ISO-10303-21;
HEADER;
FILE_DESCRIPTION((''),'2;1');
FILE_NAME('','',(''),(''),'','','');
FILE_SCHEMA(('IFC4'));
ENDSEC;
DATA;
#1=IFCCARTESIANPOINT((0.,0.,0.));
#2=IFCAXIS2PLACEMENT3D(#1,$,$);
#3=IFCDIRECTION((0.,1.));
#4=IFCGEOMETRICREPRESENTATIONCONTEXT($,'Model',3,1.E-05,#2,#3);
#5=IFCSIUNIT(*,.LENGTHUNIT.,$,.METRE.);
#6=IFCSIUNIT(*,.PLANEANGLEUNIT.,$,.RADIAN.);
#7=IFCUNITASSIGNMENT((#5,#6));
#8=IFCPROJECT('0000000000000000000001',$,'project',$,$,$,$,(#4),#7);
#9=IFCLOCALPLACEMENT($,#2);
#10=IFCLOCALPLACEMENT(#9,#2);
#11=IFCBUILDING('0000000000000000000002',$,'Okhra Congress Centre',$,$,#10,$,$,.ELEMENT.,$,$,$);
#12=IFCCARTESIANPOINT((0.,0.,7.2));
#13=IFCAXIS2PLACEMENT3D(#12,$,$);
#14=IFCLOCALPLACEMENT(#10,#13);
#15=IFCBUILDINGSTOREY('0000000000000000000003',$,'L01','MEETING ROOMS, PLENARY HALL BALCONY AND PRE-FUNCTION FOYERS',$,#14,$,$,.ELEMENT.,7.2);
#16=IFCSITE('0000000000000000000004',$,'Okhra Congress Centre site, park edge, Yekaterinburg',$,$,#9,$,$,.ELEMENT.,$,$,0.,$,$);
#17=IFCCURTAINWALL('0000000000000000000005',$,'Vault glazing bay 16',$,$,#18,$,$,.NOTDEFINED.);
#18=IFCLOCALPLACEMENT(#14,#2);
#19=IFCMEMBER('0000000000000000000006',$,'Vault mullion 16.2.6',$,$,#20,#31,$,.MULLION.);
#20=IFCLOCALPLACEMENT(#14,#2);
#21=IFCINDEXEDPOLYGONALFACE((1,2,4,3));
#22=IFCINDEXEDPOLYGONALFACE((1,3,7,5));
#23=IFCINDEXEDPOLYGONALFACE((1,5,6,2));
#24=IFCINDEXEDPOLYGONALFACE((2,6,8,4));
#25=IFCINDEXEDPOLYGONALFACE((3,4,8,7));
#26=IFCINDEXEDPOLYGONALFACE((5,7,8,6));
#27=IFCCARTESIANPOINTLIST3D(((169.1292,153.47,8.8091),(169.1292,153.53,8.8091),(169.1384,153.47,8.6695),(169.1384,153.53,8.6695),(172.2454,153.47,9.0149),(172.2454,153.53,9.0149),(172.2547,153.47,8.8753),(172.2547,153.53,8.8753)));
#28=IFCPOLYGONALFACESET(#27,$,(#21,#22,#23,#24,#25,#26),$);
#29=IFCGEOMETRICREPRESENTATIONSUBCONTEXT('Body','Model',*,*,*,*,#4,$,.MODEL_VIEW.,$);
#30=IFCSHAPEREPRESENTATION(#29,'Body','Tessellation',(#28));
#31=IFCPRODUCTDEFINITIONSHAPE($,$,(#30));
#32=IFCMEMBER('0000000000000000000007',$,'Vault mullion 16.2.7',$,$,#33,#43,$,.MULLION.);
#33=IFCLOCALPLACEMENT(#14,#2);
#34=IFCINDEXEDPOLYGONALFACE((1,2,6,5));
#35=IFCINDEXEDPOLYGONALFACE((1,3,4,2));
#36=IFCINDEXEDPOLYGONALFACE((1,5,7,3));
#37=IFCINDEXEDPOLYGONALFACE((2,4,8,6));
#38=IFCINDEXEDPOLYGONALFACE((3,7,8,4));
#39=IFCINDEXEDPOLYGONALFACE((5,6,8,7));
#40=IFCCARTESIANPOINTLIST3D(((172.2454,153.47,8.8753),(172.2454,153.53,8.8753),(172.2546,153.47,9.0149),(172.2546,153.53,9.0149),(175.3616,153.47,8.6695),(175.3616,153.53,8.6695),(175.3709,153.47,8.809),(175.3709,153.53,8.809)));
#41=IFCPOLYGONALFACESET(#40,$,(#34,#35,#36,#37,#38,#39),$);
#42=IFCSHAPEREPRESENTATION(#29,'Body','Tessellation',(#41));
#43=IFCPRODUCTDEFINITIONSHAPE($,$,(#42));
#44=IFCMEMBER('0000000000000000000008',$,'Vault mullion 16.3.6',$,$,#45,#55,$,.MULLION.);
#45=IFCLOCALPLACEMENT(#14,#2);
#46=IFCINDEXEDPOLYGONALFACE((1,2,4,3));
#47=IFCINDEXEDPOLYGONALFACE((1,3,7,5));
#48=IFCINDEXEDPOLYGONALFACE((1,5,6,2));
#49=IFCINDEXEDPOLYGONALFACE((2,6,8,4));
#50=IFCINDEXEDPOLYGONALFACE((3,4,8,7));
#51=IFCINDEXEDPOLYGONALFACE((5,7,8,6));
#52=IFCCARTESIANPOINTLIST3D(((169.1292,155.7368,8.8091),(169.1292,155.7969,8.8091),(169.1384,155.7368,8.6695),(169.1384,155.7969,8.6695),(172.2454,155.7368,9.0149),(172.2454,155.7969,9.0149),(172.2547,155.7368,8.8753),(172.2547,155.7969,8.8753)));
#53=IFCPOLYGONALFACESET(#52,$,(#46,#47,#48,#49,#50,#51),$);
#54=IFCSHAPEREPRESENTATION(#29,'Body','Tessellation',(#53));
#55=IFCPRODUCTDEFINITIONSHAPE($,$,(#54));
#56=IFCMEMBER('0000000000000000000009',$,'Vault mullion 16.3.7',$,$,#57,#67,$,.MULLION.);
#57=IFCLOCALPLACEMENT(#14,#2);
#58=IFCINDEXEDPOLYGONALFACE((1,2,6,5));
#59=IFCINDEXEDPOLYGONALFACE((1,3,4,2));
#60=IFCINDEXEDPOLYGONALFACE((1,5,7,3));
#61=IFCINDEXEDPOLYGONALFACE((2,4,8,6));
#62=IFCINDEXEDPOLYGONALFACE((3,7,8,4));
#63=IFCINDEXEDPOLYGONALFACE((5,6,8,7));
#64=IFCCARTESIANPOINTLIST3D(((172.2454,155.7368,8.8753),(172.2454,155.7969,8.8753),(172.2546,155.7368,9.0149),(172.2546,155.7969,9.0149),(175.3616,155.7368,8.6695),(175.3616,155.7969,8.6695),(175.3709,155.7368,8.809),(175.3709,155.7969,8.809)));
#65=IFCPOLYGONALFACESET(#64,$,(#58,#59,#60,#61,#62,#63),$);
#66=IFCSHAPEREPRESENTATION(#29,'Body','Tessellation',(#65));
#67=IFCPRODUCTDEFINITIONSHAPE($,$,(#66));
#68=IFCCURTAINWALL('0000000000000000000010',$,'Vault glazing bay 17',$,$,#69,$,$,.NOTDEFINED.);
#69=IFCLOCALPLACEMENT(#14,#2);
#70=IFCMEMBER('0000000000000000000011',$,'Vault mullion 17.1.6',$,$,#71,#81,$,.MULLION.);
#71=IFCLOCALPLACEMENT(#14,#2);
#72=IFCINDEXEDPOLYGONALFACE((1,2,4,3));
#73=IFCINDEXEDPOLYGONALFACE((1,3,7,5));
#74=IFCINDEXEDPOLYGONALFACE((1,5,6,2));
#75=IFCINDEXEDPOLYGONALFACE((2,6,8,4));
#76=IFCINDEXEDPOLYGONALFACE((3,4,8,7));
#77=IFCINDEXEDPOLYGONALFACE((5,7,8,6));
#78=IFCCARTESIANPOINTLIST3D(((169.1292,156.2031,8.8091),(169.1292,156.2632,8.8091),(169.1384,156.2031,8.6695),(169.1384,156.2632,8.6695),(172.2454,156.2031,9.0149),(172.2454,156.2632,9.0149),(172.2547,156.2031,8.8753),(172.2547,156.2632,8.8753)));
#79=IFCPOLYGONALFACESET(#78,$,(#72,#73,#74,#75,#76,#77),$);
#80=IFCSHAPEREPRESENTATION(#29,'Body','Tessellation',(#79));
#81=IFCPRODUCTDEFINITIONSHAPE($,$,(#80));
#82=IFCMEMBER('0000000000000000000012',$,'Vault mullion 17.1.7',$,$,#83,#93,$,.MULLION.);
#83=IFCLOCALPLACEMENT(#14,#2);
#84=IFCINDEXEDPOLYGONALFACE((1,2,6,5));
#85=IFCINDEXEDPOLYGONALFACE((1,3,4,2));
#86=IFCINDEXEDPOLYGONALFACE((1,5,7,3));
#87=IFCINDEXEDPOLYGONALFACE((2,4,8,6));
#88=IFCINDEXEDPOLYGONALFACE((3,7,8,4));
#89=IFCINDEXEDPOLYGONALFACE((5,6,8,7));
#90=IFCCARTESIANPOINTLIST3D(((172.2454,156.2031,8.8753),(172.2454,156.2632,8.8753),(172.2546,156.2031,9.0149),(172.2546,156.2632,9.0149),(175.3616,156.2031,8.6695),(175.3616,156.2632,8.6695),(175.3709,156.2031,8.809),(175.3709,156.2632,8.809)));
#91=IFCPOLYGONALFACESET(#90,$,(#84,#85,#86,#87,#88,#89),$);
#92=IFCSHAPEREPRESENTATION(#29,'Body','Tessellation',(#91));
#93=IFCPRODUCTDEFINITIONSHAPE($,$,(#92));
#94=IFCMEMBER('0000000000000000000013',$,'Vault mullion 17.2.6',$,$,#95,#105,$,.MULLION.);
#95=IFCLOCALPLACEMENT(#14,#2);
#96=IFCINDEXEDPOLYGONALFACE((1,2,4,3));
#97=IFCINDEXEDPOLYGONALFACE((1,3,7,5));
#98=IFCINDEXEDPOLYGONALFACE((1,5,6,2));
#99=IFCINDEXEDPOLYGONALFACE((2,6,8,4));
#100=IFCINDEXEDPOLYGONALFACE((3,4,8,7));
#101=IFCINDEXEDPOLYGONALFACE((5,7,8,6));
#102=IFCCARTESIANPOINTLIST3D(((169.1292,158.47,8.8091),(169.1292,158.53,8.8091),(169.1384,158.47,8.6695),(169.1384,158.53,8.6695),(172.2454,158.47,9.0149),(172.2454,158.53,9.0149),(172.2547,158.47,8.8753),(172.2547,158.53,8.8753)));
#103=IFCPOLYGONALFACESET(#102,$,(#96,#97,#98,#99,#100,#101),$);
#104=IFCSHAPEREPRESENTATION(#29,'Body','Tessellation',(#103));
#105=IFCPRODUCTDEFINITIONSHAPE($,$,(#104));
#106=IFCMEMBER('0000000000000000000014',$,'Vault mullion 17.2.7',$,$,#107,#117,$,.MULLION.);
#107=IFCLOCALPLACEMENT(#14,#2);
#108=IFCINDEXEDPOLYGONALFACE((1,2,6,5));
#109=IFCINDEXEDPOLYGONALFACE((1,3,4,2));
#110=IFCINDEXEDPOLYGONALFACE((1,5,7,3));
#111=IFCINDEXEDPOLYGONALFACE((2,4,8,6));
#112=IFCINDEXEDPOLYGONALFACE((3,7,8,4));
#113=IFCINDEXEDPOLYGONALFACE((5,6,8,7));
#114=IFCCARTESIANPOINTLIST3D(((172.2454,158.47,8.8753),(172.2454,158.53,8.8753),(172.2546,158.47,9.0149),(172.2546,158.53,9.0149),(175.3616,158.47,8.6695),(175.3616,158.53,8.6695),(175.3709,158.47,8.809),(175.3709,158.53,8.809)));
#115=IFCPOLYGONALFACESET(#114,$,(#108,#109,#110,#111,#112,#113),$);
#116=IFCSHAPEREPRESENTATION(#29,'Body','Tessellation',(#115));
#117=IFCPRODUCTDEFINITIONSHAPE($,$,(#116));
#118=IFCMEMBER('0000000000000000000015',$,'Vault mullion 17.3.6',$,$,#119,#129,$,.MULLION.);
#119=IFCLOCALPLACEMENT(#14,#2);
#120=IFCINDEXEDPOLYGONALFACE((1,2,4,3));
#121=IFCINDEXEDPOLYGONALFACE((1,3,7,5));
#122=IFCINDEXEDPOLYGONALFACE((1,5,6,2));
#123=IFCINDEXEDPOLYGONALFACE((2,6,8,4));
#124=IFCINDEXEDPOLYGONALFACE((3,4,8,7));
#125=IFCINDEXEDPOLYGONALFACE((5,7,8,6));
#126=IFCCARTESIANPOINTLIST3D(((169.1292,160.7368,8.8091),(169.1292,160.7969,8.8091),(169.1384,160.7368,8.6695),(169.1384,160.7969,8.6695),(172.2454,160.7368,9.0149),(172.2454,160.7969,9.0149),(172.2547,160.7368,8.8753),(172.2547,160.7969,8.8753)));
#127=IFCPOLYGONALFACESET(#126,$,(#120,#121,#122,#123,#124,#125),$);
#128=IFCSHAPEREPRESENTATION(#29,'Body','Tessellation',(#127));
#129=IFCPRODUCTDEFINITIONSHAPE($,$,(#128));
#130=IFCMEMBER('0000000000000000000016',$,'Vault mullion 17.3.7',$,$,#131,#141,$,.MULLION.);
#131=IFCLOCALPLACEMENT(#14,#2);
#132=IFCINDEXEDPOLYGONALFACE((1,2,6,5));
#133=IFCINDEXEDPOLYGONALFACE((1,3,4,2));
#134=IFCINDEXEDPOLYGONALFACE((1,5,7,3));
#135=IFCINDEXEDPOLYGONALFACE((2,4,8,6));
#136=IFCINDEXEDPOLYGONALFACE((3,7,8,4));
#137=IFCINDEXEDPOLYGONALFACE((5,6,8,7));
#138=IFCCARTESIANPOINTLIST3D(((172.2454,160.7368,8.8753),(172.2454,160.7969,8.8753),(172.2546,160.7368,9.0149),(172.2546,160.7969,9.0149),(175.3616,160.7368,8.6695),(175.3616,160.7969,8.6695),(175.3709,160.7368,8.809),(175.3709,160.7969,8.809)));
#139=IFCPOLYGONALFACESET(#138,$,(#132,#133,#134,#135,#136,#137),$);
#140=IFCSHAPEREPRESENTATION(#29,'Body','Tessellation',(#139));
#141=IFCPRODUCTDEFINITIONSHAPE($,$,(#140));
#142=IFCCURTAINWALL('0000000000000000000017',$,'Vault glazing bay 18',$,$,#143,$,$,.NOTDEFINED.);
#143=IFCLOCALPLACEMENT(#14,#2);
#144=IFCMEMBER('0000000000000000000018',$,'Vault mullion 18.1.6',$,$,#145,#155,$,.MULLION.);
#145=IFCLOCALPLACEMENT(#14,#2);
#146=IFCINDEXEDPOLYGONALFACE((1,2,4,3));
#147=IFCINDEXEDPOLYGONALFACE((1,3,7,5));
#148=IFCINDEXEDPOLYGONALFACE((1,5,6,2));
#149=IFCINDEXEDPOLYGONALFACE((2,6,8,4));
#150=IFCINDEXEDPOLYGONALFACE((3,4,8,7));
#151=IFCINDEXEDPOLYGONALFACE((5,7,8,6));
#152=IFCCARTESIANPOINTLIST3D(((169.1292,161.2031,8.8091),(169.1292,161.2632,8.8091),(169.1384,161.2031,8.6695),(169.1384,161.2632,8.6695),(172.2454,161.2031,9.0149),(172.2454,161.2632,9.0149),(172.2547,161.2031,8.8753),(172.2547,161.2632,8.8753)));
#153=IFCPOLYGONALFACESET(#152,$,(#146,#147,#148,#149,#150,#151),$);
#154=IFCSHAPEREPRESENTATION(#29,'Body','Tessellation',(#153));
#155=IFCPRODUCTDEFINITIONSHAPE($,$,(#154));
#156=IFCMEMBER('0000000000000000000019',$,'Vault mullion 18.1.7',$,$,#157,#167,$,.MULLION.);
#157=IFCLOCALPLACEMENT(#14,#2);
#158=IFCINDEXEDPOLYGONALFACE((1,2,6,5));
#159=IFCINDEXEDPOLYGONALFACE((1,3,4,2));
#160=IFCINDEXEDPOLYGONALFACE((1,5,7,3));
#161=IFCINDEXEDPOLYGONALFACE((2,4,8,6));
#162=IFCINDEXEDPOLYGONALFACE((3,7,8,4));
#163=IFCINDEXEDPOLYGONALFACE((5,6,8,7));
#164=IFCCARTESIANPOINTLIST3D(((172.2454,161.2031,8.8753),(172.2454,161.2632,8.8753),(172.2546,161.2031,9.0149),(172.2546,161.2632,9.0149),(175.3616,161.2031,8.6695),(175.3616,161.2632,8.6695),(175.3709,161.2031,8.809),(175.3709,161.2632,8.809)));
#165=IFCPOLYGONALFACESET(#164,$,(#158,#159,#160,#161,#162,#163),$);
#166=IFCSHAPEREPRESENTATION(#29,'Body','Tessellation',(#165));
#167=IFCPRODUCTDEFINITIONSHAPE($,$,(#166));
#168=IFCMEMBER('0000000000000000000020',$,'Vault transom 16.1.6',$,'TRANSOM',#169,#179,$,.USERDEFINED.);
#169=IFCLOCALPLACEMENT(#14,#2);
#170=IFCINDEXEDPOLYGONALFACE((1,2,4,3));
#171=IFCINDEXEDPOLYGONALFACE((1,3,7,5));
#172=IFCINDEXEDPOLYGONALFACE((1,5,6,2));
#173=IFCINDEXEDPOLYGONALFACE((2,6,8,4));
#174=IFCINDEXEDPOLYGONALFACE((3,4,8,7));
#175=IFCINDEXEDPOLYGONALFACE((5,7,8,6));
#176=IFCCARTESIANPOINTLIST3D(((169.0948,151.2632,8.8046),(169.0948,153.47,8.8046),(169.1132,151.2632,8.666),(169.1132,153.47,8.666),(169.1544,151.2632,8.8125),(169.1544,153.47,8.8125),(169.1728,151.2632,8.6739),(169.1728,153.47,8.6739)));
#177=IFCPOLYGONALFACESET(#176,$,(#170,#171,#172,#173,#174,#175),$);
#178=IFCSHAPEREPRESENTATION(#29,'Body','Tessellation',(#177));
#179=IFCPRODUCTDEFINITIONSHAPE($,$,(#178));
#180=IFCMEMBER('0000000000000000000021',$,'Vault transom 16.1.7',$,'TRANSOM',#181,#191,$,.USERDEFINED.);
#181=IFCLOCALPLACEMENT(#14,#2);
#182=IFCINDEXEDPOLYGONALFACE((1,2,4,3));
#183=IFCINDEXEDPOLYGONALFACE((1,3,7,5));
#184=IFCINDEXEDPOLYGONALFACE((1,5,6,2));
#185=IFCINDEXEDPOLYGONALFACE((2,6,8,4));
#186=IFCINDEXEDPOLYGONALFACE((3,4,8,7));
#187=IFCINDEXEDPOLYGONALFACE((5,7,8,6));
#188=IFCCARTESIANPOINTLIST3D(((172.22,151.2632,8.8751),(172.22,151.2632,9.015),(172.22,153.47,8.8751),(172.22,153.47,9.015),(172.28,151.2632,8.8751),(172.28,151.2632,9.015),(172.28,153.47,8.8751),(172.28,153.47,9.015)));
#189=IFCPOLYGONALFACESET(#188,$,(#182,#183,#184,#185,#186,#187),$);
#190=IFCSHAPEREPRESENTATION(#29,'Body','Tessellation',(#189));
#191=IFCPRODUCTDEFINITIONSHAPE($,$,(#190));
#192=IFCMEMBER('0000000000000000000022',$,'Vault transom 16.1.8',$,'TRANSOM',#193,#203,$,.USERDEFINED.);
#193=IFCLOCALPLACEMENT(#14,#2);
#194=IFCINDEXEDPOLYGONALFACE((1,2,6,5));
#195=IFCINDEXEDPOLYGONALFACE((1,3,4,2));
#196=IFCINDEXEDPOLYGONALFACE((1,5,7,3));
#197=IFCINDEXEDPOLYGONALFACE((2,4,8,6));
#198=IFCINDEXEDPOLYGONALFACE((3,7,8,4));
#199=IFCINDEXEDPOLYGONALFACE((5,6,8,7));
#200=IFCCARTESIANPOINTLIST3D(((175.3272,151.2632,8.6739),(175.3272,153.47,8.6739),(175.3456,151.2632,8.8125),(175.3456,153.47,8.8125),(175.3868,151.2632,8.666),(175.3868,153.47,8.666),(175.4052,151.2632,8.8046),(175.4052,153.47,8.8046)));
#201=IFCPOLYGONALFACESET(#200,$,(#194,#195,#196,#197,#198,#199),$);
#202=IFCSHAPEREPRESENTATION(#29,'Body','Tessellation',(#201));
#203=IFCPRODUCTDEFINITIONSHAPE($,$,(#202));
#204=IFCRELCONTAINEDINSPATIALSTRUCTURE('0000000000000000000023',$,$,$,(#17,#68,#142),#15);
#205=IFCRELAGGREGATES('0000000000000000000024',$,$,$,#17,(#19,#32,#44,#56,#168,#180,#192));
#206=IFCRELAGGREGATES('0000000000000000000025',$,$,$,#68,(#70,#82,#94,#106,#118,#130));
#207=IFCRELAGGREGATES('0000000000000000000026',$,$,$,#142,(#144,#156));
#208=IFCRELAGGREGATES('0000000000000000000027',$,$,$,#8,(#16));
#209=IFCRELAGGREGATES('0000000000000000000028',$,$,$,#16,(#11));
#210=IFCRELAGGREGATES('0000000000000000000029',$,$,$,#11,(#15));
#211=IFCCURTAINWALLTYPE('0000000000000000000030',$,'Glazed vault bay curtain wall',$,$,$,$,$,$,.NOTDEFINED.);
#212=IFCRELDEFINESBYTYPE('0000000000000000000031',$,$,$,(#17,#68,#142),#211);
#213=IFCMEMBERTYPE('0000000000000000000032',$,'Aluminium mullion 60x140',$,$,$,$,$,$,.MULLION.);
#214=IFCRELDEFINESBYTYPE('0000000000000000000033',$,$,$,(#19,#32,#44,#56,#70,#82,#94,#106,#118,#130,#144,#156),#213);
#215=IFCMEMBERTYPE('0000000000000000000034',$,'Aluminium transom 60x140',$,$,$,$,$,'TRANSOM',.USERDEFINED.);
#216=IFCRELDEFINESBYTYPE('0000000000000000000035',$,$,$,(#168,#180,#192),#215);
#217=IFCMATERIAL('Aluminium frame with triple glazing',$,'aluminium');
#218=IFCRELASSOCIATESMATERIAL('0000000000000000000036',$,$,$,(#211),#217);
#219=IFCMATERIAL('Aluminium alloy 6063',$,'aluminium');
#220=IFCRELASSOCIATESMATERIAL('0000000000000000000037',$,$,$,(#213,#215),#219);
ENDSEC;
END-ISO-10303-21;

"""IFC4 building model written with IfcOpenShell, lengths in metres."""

from ifc_helpers import new_model, si_unit, direction, frame, origin, origin_2d, place, context, subcontext, project, spatial, rectangle, extrude, material, material_profile, profile_set, type_object, element, aggregate, save


model = new_model("IFC4")

# Units and contexts
model_context = context("Model", 3, precision=1e-05, world=origin(), true_north=direction((0.0, 1.0)))
body_context = subcontext(model_context, "Body", "Model", "MODEL_VIEW")
ifc_project = project(units=[si_unit("LENGTHUNIT", "METRE"), si_unit("PLANEANGLEUNIT", "RADIAN")], contexts=[model_context])

# Site, building, storey
site_placement = place(None, origin())
site = spatial("IfcSite", under=ifc_project, at=site_placement, Name="Okhra Congress Centre site, park edge, Yekaterinburg", CompositionType="ELEMENT", RefElevation=0.0)
building_placement = place(site_placement, origin())
building = spatial("IfcBuilding", under=site, at=building_placement, Name="Okhra Congress Centre", CompositionType="ELEMENT")
storey_placement = place(building_placement, frame((0.0, 0.0, 7.2)))
storey = spatial("IfcBuildingStorey", under=building, at=storey_placement, Name="L01", Description="MEETING ROOMS, PLENARY HALL BALCONY AND PRE-FUNCTION FOYERS", CompositionType="ELEMENT", Elevation=7.2)

# Curtain walls, members
ifc_material_1 = material(Name="Aluminium frame with triple glazing", Category="aluminium")
curtain_wall_type = type_object("IfcCurtainWallType", Name="Glazed vault bay curtain wall", PredefinedType="NOTDEFINED", material=ifc_material_1)
curtain_wall_1_placement = place(storey_placement, origin())
curtain_wall_1 = element("IfcCurtainWall", 1, at=curtain_wall_1_placement, inside=storey, type_object=curtain_wall_type, Name="Vault glazing bay 16", PredefinedType="NOTDEFINED")
ifc_material_2 = material(Name="Aluminium alloy 6063", Category="aluminium")
ifc_material_profile_1 = material_profile(ifc_material_2, rectangle(XDim=0.0601, YDim=0.1399, at=origin_2d()), Name="AL 60x140")
ifc_profile_set_1 = profile_set([ifc_material_profile_1], Name="Aluminium alloy 6063")
member_type_1 = type_object("IfcMemberType", Name="Aluminium mullion 60x140", PredefinedType="MULLION", material=ifc_profile_set_1)
member_1_placement = place(storey_placement, frame((169.1338, 153.5, 8.7393), z_axis=(0.997826, 0.0, 0.065902), x_axis=(0.0, 1.0, 0.0)))
member_1 = element("IfcMember", 2, at=member_1_placement, type_object=member_type_1, Name="Vault mullion 16.2.6", PredefinedType="MULLION", context=body_context, shape_type="SweptSolid", body=[
    extrude(rectangle(XDim=0.0601, YDim=0.1399, at=origin_2d()), origin(), (0.0, 0.0, 1.0), 3.123),
])
member_2_placement = place(storey_placement, frame((172.25, 153.5, 8.9451), z_axis=(0.997826, 0.0, -0.065902), x_axis=(0.0, 1.0, 0.0)))
member_2 = element("IfcMember", 3, at=member_2_placement, type_object=member_type_1, Name="Vault mullion 16.2.7", PredefinedType="MULLION", context=body_context, shape_type="SweptSolid", body=[
    extrude(rectangle(XDim=0.0601, YDim=0.1399, at=origin_2d()), origin(), (0.0, 0.0, 1.0), 3.123),
])
member_3_placement = place(storey_placement, frame((169.1338, 155.7668, 8.7393), z_axis=(0.997826, 0.0, 0.065902), x_axis=(0.0, 1.0, 0.0)))
member_3 = element("IfcMember", 4, at=member_3_placement, type_object=member_type_1, Name="Vault mullion 16.3.6", PredefinedType="MULLION", context=body_context, shape_type="SweptSolid", body=[
    extrude(rectangle(XDim=0.0601, YDim=0.1399, at=origin_2d()), origin(), (0.0, 0.0, 1.0), 3.123),
])
member_4_placement = place(storey_placement, frame((172.25, 155.7668, 8.9451), z_axis=(0.997826, 0.0, -0.065902), x_axis=(0.0, 1.0, 0.0)))
member_4 = element("IfcMember", 5, at=member_4_placement, type_object=member_type_1, Name="Vault mullion 16.3.7", PredefinedType="MULLION", context=body_context, shape_type="SweptSolid", body=[
    extrude(rectangle(XDim=0.0601, YDim=0.1399, at=origin_2d()), origin(), (0.0, 0.0, 1.0), 3.123),
])
curtain_wall_2_placement = place(storey_placement, origin())
curtain_wall_2 = element("IfcCurtainWall", 6, at=curtain_wall_2_placement, inside=storey, type_object=curtain_wall_type, Name="Vault glazing bay 17", PredefinedType="NOTDEFINED")
member_5_placement = place(storey_placement, frame((169.1338, 156.2332, 8.7393), z_axis=(0.997826, 0.0, 0.065902), x_axis=(0.0, 1.0, 0.0)))
member_5 = element("IfcMember", 7, at=member_5_placement, type_object=member_type_1, Name="Vault mullion 17.1.6", PredefinedType="MULLION", context=body_context, shape_type="SweptSolid", body=[
    extrude(rectangle(XDim=0.0601, YDim=0.1399, at=origin_2d()), origin(), (0.0, 0.0, 1.0), 3.123),
])
member_6_placement = place(storey_placement, frame((172.25, 156.2332, 8.9451), z_axis=(0.997826, 0.0, -0.065902), x_axis=(0.0, 1.0, 0.0)))
member_6 = element("IfcMember", 8, at=member_6_placement, type_object=member_type_1, Name="Vault mullion 17.1.7", PredefinedType="MULLION", context=body_context, shape_type="SweptSolid", body=[
    extrude(rectangle(XDim=0.0601, YDim=0.1399, at=origin_2d()), origin(), (0.0, 0.0, 1.0), 3.123),
])
member_7_placement = place(storey_placement, frame((169.1338, 158.5, 8.7393), z_axis=(0.997826, 0.0, 0.065902), x_axis=(0.0, 1.0, 0.0)))
member_7 = element("IfcMember", 9, at=member_7_placement, type_object=member_type_1, Name="Vault mullion 17.2.6", PredefinedType="MULLION", context=body_context, shape_type="SweptSolid", body=[
    extrude(rectangle(XDim=0.0601, YDim=0.1399, at=origin_2d()), origin(), (0.0, 0.0, 1.0), 3.123),
])
member_8_placement = place(storey_placement, frame((172.25, 158.5, 8.9451), z_axis=(0.997826, 0.0, -0.065902), x_axis=(0.0, 1.0, 0.0)))
member_8 = element("IfcMember", 10, at=member_8_placement, type_object=member_type_1, Name="Vault mullion 17.2.7", PredefinedType="MULLION", context=body_context, shape_type="SweptSolid", body=[
    extrude(rectangle(XDim=0.0601, YDim=0.1399, at=origin_2d()), origin(), (0.0, 0.0, 1.0), 3.123),
])
member_9_placement = place(storey_placement, frame((169.1338, 160.7668, 8.7393), z_axis=(0.997826, 0.0, 0.065902), x_axis=(0.0, 1.0, 0.0)))
member_9 = element("IfcMember", 11, at=member_9_placement, type_object=member_type_1, Name="Vault mullion 17.3.6", PredefinedType="MULLION", context=body_context, shape_type="SweptSolid", body=[
    extrude(rectangle(XDim=0.0601, YDim=0.1399, at=origin_2d()), origin(), (0.0, 0.0, 1.0), 3.123),
])
member_10_placement = place(storey_placement, frame((172.25, 160.7668, 8.9451), z_axis=(0.997826, 0.0, -0.065902), x_axis=(0.0, 1.0, 0.0)))
member_10 = element("IfcMember", 12, at=member_10_placement, type_object=member_type_1, Name="Vault mullion 17.3.7", PredefinedType="MULLION", context=body_context, shape_type="SweptSolid", body=[
    extrude(rectangle(XDim=0.0601, YDim=0.1399, at=origin_2d()), origin(), (0.0, 0.0, 1.0), 3.123),
])
curtain_wall_3_placement = place(storey_placement, origin())
curtain_wall_3 = element("IfcCurtainWall", 13, at=curtain_wall_3_placement, inside=storey, type_object=curtain_wall_type, Name="Vault glazing bay 18", PredefinedType="NOTDEFINED")
member_11_placement = place(storey_placement, frame((169.1338, 161.2332, 8.7393), z_axis=(0.997826, 0.0, 0.065902), x_axis=(0.0, 1.0, 0.0)))
member_11 = element("IfcMember", 14, at=member_11_placement, type_object=member_type_1, Name="Vault mullion 18.1.6", PredefinedType="MULLION", context=body_context, shape_type="SweptSolid", body=[
    extrude(rectangle(XDim=0.0601, YDim=0.1399, at=origin_2d()), origin(), (0.0, 0.0, 1.0), 3.123),
])
member_12_placement = place(storey_placement, frame((172.25, 161.2332, 8.9451), z_axis=(0.997826, 0.0, -0.065902), x_axis=(0.0, 1.0, 0.0)))
member_12 = element("IfcMember", 15, at=member_12_placement, type_object=member_type_1, Name="Vault mullion 18.1.7", PredefinedType="MULLION", context=body_context, shape_type="SweptSolid", body=[
    extrude(rectangle(XDim=0.0601, YDim=0.1399, at=origin_2d()), origin(), (0.0, 0.0, 1.0), 3.123),
])

# Members
ifc_material_profile_2 = material_profile(ifc_material_2, rectangle(XDim=0.0601, YDim=0.1399, at=origin_2d()), Name="AL 60x140 transom")
ifc_profile_set_2 = profile_set([ifc_material_profile_2], Name="Aluminium alloy 6063")
member_type_2 = type_object("IfcMemberType", Name="Aluminium transom 60x140", ElementType="TRANSOM", PredefinedType="USERDEFINED", material=ifc_profile_set_2)
member_13_placement = place(storey_placement, frame((169.1338, 151.2632, 8.7393), z_axis=(0.0, 1.0, 0.0), x_axis=(-0.991307, 0.0, -0.131568)))
member_13 = element("IfcMember", 16, at=member_13_placement, type_object=member_type_2, Name="Vault transom 16.1.6", ObjectType="TRANSOM", PredefinedType="USERDEFINED", context=body_context, shape_type="SweptSolid", body=[
    extrude(rectangle(XDim=0.0601, YDim=0.1399, at=origin_2d()), origin(), (0.0, 0.0, 1.0), 2.2068),
])
member_14_placement = place(storey_placement, frame((172.25, 151.2632, 8.9451), z_axis=(0.0, 1.0, 0.0), x_axis=(-1.0, 0.0, 0.0)))
member_14 = element("IfcMember", 17, at=member_14_placement, type_object=member_type_2, Name="Vault transom 16.1.7", ObjectType="TRANSOM", PredefinedType="USERDEFINED", context=body_context, shape_type="SweptSolid", body=[
    extrude(rectangle(XDim=0.0601, YDim=0.1399, at=origin_2d()), origin(), (0.0, 0.0, 1.0), 2.2068),
])
member_15_placement = place(storey_placement, frame((175.3662, 151.2632, 8.7393), z_axis=(0.0, 1.0, 0.0), x_axis=(-0.991307, 0.0, 0.131568)))
member_15 = element("IfcMember", 18, at=member_15_placement, type_object=member_type_2, Name="Vault transom 16.1.8", ObjectType="TRANSOM", PredefinedType="USERDEFINED", context=body_context, shape_type="SweptSolid", body=[
    extrude(rectangle(XDim=0.0601, YDim=0.1399, at=origin_2d()), origin(), (0.0, 0.0, 1.0), 2.2068),
])

aggregate(curtain_wall_1, [member_1, member_2, member_3, member_4, member_13, member_14, member_15])
aggregate(curtain_wall_2, [member_5, member_6, member_7, member_8, member_9, member_10])
aggregate(curtain_wall_3, [member_11, member_12])

save(model, "model.ifc")
